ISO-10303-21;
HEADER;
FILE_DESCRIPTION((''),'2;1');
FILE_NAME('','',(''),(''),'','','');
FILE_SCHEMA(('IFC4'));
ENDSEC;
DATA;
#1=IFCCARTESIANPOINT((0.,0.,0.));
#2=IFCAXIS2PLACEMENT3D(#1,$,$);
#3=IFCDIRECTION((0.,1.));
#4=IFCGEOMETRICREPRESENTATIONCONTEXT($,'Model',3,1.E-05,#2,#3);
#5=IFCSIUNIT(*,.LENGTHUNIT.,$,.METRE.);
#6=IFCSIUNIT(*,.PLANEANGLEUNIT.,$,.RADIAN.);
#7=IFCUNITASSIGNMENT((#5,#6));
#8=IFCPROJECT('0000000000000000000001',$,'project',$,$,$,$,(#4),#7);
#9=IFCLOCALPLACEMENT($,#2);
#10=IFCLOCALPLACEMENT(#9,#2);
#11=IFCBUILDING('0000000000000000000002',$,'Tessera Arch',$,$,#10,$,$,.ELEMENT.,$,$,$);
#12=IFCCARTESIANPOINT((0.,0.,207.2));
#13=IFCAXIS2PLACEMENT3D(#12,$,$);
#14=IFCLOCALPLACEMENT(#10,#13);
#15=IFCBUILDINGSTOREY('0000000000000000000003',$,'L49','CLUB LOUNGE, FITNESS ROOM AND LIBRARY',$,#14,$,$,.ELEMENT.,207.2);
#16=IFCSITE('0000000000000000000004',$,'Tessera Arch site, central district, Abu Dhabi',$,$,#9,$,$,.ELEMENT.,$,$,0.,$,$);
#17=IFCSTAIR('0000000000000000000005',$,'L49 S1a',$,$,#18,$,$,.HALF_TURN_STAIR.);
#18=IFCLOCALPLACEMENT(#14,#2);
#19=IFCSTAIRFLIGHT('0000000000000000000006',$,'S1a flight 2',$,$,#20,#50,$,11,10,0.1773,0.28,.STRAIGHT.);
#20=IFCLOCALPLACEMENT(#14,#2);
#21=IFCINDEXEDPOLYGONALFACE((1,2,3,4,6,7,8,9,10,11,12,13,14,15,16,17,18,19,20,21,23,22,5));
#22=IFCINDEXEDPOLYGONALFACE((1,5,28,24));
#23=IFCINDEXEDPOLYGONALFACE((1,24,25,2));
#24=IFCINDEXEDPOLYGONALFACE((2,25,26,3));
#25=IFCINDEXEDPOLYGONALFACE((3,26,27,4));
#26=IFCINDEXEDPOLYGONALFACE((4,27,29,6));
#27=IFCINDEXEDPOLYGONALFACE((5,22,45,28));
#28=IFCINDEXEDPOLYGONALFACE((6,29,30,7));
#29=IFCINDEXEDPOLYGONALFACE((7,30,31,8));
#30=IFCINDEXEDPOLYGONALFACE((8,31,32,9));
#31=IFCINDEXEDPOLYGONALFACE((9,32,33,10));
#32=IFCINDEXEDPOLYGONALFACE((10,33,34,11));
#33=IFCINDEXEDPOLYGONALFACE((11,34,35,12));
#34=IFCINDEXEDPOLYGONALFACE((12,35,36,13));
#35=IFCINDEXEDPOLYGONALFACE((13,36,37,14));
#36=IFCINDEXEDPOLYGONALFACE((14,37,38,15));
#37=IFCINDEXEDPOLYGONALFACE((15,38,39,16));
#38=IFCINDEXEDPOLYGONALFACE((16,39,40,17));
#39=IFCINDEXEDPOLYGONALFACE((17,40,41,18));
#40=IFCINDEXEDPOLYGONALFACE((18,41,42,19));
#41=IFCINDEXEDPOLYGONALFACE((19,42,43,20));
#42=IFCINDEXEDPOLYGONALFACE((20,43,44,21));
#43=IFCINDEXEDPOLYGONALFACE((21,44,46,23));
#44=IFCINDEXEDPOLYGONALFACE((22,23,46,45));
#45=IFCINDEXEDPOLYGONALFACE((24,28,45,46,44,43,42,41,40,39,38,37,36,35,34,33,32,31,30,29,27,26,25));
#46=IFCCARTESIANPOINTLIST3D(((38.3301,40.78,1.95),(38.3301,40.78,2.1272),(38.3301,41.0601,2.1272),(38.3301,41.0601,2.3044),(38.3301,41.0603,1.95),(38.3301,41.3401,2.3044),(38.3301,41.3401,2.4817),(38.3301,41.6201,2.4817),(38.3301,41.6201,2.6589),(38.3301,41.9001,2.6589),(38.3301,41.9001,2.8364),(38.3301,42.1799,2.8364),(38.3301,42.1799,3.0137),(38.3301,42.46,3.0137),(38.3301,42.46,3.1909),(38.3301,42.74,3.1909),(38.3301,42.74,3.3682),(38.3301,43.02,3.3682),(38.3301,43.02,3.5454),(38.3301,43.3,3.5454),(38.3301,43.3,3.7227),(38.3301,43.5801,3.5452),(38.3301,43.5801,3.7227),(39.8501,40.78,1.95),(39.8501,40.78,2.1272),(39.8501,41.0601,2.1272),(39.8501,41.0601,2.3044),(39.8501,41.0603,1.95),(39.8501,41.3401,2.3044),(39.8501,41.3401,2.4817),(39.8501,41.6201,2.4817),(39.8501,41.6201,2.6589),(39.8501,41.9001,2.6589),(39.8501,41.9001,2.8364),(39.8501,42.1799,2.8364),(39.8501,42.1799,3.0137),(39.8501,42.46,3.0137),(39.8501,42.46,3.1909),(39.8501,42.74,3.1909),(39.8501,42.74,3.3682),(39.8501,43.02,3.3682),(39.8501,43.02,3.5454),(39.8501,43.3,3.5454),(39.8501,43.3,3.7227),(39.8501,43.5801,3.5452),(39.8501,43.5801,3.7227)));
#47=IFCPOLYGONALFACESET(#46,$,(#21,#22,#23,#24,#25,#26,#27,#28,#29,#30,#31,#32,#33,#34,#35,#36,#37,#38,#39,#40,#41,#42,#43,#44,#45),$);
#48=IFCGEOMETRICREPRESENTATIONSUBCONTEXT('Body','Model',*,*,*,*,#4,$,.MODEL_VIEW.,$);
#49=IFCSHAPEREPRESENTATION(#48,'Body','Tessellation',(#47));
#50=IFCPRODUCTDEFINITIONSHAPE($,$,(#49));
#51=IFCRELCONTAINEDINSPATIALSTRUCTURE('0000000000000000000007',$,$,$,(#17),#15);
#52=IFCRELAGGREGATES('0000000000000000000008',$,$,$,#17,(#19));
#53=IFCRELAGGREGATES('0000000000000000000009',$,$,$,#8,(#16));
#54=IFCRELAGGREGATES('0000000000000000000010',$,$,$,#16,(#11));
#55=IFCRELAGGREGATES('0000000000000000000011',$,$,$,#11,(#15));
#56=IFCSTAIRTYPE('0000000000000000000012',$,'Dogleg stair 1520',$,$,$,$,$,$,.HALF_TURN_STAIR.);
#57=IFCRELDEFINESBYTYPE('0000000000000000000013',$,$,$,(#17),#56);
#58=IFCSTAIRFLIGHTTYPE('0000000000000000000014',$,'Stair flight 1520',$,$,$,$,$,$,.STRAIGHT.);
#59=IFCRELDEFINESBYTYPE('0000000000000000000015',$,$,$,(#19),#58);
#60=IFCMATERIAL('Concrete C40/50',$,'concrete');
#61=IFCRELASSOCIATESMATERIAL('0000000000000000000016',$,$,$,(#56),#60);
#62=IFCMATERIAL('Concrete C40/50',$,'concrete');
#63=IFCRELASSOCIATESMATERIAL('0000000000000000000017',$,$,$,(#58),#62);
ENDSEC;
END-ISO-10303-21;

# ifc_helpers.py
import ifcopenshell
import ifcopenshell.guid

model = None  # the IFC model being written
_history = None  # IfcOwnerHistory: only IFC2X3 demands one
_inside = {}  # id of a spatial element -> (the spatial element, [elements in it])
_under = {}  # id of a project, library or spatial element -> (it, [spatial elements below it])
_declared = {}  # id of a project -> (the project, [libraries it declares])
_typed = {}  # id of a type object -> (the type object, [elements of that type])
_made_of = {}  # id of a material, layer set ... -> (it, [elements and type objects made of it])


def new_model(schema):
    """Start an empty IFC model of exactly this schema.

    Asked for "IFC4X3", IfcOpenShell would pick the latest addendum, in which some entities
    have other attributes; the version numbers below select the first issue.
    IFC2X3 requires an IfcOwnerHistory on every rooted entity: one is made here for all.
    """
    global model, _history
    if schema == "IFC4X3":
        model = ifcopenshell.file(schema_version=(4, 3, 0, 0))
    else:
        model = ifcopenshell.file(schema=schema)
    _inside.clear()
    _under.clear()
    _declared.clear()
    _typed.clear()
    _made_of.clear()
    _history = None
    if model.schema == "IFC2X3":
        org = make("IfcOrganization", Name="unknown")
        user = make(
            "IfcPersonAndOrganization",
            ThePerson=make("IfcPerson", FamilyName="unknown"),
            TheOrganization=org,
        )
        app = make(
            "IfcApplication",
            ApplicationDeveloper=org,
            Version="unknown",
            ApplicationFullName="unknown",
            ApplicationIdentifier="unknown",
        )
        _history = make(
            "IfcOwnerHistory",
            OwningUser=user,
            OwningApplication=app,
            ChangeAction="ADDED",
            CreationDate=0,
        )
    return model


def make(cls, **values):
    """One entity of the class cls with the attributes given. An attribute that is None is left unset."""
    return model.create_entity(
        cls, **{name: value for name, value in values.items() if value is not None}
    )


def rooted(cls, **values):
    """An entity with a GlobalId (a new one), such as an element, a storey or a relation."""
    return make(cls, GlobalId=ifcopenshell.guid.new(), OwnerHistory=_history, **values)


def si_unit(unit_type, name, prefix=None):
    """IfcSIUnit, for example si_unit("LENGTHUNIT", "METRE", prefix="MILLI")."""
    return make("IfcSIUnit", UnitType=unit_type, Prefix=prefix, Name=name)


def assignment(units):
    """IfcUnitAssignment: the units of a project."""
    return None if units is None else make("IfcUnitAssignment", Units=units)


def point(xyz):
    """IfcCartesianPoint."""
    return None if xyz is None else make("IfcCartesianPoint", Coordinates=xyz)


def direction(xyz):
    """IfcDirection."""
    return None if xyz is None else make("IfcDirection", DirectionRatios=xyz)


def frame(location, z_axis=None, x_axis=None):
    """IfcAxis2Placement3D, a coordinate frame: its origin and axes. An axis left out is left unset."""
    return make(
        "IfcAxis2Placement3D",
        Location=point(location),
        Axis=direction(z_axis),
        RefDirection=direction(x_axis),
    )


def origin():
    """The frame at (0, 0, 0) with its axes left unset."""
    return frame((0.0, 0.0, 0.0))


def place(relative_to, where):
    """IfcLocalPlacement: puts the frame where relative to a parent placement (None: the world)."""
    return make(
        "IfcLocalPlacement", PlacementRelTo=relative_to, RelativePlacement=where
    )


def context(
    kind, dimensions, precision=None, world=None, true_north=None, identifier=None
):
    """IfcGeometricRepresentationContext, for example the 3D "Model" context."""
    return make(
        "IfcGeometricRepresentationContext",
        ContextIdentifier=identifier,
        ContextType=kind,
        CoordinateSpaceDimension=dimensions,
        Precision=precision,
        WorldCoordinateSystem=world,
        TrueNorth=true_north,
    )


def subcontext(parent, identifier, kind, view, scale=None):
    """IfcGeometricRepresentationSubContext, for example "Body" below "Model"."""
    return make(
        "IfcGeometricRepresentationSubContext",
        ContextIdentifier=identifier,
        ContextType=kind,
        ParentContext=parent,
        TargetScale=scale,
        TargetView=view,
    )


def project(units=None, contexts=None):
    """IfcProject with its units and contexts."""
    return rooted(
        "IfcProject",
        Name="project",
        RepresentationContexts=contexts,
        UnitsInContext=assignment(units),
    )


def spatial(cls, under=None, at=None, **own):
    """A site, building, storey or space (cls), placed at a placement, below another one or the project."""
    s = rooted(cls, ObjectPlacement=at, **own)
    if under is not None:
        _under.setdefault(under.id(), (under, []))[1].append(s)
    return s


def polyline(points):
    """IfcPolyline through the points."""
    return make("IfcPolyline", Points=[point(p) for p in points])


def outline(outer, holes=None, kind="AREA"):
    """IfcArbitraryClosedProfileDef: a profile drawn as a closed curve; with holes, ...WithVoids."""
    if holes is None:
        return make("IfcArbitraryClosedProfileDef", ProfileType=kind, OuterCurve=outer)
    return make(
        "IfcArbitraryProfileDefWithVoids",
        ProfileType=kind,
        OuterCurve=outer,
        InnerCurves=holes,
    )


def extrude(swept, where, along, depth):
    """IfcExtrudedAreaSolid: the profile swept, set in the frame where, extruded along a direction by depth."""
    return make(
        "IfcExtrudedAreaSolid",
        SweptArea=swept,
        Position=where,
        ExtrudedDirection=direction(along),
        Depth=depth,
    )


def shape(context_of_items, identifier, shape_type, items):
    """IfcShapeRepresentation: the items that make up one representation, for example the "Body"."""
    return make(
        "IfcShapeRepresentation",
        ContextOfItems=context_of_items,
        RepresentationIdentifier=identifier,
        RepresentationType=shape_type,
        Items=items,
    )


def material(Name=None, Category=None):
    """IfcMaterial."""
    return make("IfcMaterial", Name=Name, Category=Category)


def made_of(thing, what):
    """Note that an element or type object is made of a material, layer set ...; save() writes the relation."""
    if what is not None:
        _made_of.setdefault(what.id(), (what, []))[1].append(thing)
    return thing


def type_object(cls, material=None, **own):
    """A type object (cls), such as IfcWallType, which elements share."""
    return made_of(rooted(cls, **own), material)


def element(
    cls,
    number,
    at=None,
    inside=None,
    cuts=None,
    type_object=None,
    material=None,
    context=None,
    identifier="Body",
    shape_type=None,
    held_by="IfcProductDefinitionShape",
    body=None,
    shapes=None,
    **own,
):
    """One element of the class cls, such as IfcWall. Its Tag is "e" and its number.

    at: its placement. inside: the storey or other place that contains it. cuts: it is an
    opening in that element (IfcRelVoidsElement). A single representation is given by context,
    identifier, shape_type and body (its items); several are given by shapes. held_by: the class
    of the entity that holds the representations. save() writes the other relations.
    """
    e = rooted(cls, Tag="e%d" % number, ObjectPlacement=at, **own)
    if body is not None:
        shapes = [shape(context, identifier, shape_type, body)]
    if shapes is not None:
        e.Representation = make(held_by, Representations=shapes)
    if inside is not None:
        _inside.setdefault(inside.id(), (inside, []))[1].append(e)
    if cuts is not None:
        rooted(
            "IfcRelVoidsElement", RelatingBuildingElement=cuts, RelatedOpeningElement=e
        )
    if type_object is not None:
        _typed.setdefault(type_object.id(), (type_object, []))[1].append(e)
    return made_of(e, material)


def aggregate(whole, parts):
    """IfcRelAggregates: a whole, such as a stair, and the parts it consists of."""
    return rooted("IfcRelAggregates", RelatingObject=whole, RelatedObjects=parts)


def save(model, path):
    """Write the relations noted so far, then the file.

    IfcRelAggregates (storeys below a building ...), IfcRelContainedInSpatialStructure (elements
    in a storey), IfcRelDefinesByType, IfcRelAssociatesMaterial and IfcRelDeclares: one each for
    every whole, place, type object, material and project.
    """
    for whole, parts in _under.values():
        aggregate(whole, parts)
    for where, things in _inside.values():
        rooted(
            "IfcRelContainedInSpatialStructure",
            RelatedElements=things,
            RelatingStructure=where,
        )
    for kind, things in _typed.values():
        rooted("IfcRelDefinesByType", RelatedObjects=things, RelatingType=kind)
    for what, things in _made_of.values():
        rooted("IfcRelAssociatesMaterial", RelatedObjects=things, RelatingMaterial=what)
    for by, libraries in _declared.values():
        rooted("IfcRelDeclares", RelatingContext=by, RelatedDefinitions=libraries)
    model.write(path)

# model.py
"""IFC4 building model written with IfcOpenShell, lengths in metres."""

from ifc_helpers import new_model, si_unit, direction, frame, origin, place, context, subcontext, project, spatial, polyline, outline, extrude, material, type_object, element, aggregate, save


model = new_model("IFC4")

# Units and contexts
model_context = context("Model", 3, precision=1e-05, world=origin(), true_north=direction((0.0, 1.0)))
body_context = subcontext(model_context, "Body", "Model", "MODEL_VIEW")
ifc_project = project(units=[si_unit("LENGTHUNIT", "METRE"), si_unit("PLANEANGLEUNIT", "RADIAN")], contexts=[model_context])

# Site, building, storey
site_placement = place(None, origin())
site = spatial("IfcSite", under=ifc_project, at=site_placement, Name="Tessera Arch site, central district, Abu Dhabi", CompositionType="ELEMENT", RefElevation=0.0)
building_placement = place(site_placement, origin())
building = spatial("IfcBuilding", under=site, at=building_placement, Name="Tessera Arch", CompositionType="ELEMENT")
storey_placement = place(building_placement, frame((0.0, 0.0, 207.2)))
storey = spatial("IfcBuildingStorey", under=building, at=storey_placement, Name="L49", Description="CLUB LOUNGE, FITNESS ROOM AND LIBRARY", CompositionType="ELEMENT", Elevation=207.2)

# Stair, stair flight
ifc_material_1 = material(Name="Concrete C40/50", Category="concrete")
stair_type = type_object("IfcStairType", Name="Dogleg stair 1520", PredefinedType="HALF_TURN_STAIR", material=ifc_material_1)
stair_placement = place(storey_placement, origin())
stair = element("IfcStair", 1, at=stair_placement, inside=storey, type_object=stair_type, Name="L49 S1a", PredefinedType="HALF_TURN_STAIR")
ifc_material_2 = material(Name="Concrete C40/50", Category="concrete")
stair_flight_type = type_object("IfcStairFlightType", Name="Stair flight 1520", PredefinedType="STRAIGHT", material=ifc_material_2)
stair_flight_1_placement = place(storey_placement, frame((39.0901, 40.78, 1.95), z_axis=(0.0, 0.0, 1.0), x_axis=(0.0, 1.0, 0.0)))
stair_flight_1 = element("IfcStairFlight", 2, at=stair_flight_1_placement, type_object=stair_flight_type, Name="S1a flight 2", NumberOfRisers=11, NumberOfTreads=10, PredefinedType="STRAIGHT", RiserHeight=0.1773, TreadLength=0.28, context=body_context, shape_type="SweptSolid", body=[
    extrude(outline(polyline([(0.0, 0.0), (0.0, 0.1772), (0.28, 0.1772), (0.28, 0.3545), (0.5601, 0.3545), (0.5601, 0.5317), (0.8401, 0.5317), (0.8401, 0.709), (1.1201, 0.709), (1.1201, 0.8865), (1.3999, 0.8865), (1.3999, 1.0637), (1.6799, 1.0637), (1.6799, 1.241), (1.96, 1.241), (1.96, 1.4182), (2.24, 1.4182), (2.24, 1.5955), (2.52, 1.5955), (2.52, 1.7727), (2.8, 1.7727), (2.8, 1.95), (2.8, 1.5952), (0.2803, 0.0), (0.0, 0.0)])), frame((0.0, 0.76, 0.0), z_axis=(0.0, -1.0, 0.0), x_axis=(1.0, 0.0, 0.0)), (0.0, 0.0, 1.0), 1.52),
])
aggregate(stair, [stair_flight_1])

save(model, "model.ifc")
